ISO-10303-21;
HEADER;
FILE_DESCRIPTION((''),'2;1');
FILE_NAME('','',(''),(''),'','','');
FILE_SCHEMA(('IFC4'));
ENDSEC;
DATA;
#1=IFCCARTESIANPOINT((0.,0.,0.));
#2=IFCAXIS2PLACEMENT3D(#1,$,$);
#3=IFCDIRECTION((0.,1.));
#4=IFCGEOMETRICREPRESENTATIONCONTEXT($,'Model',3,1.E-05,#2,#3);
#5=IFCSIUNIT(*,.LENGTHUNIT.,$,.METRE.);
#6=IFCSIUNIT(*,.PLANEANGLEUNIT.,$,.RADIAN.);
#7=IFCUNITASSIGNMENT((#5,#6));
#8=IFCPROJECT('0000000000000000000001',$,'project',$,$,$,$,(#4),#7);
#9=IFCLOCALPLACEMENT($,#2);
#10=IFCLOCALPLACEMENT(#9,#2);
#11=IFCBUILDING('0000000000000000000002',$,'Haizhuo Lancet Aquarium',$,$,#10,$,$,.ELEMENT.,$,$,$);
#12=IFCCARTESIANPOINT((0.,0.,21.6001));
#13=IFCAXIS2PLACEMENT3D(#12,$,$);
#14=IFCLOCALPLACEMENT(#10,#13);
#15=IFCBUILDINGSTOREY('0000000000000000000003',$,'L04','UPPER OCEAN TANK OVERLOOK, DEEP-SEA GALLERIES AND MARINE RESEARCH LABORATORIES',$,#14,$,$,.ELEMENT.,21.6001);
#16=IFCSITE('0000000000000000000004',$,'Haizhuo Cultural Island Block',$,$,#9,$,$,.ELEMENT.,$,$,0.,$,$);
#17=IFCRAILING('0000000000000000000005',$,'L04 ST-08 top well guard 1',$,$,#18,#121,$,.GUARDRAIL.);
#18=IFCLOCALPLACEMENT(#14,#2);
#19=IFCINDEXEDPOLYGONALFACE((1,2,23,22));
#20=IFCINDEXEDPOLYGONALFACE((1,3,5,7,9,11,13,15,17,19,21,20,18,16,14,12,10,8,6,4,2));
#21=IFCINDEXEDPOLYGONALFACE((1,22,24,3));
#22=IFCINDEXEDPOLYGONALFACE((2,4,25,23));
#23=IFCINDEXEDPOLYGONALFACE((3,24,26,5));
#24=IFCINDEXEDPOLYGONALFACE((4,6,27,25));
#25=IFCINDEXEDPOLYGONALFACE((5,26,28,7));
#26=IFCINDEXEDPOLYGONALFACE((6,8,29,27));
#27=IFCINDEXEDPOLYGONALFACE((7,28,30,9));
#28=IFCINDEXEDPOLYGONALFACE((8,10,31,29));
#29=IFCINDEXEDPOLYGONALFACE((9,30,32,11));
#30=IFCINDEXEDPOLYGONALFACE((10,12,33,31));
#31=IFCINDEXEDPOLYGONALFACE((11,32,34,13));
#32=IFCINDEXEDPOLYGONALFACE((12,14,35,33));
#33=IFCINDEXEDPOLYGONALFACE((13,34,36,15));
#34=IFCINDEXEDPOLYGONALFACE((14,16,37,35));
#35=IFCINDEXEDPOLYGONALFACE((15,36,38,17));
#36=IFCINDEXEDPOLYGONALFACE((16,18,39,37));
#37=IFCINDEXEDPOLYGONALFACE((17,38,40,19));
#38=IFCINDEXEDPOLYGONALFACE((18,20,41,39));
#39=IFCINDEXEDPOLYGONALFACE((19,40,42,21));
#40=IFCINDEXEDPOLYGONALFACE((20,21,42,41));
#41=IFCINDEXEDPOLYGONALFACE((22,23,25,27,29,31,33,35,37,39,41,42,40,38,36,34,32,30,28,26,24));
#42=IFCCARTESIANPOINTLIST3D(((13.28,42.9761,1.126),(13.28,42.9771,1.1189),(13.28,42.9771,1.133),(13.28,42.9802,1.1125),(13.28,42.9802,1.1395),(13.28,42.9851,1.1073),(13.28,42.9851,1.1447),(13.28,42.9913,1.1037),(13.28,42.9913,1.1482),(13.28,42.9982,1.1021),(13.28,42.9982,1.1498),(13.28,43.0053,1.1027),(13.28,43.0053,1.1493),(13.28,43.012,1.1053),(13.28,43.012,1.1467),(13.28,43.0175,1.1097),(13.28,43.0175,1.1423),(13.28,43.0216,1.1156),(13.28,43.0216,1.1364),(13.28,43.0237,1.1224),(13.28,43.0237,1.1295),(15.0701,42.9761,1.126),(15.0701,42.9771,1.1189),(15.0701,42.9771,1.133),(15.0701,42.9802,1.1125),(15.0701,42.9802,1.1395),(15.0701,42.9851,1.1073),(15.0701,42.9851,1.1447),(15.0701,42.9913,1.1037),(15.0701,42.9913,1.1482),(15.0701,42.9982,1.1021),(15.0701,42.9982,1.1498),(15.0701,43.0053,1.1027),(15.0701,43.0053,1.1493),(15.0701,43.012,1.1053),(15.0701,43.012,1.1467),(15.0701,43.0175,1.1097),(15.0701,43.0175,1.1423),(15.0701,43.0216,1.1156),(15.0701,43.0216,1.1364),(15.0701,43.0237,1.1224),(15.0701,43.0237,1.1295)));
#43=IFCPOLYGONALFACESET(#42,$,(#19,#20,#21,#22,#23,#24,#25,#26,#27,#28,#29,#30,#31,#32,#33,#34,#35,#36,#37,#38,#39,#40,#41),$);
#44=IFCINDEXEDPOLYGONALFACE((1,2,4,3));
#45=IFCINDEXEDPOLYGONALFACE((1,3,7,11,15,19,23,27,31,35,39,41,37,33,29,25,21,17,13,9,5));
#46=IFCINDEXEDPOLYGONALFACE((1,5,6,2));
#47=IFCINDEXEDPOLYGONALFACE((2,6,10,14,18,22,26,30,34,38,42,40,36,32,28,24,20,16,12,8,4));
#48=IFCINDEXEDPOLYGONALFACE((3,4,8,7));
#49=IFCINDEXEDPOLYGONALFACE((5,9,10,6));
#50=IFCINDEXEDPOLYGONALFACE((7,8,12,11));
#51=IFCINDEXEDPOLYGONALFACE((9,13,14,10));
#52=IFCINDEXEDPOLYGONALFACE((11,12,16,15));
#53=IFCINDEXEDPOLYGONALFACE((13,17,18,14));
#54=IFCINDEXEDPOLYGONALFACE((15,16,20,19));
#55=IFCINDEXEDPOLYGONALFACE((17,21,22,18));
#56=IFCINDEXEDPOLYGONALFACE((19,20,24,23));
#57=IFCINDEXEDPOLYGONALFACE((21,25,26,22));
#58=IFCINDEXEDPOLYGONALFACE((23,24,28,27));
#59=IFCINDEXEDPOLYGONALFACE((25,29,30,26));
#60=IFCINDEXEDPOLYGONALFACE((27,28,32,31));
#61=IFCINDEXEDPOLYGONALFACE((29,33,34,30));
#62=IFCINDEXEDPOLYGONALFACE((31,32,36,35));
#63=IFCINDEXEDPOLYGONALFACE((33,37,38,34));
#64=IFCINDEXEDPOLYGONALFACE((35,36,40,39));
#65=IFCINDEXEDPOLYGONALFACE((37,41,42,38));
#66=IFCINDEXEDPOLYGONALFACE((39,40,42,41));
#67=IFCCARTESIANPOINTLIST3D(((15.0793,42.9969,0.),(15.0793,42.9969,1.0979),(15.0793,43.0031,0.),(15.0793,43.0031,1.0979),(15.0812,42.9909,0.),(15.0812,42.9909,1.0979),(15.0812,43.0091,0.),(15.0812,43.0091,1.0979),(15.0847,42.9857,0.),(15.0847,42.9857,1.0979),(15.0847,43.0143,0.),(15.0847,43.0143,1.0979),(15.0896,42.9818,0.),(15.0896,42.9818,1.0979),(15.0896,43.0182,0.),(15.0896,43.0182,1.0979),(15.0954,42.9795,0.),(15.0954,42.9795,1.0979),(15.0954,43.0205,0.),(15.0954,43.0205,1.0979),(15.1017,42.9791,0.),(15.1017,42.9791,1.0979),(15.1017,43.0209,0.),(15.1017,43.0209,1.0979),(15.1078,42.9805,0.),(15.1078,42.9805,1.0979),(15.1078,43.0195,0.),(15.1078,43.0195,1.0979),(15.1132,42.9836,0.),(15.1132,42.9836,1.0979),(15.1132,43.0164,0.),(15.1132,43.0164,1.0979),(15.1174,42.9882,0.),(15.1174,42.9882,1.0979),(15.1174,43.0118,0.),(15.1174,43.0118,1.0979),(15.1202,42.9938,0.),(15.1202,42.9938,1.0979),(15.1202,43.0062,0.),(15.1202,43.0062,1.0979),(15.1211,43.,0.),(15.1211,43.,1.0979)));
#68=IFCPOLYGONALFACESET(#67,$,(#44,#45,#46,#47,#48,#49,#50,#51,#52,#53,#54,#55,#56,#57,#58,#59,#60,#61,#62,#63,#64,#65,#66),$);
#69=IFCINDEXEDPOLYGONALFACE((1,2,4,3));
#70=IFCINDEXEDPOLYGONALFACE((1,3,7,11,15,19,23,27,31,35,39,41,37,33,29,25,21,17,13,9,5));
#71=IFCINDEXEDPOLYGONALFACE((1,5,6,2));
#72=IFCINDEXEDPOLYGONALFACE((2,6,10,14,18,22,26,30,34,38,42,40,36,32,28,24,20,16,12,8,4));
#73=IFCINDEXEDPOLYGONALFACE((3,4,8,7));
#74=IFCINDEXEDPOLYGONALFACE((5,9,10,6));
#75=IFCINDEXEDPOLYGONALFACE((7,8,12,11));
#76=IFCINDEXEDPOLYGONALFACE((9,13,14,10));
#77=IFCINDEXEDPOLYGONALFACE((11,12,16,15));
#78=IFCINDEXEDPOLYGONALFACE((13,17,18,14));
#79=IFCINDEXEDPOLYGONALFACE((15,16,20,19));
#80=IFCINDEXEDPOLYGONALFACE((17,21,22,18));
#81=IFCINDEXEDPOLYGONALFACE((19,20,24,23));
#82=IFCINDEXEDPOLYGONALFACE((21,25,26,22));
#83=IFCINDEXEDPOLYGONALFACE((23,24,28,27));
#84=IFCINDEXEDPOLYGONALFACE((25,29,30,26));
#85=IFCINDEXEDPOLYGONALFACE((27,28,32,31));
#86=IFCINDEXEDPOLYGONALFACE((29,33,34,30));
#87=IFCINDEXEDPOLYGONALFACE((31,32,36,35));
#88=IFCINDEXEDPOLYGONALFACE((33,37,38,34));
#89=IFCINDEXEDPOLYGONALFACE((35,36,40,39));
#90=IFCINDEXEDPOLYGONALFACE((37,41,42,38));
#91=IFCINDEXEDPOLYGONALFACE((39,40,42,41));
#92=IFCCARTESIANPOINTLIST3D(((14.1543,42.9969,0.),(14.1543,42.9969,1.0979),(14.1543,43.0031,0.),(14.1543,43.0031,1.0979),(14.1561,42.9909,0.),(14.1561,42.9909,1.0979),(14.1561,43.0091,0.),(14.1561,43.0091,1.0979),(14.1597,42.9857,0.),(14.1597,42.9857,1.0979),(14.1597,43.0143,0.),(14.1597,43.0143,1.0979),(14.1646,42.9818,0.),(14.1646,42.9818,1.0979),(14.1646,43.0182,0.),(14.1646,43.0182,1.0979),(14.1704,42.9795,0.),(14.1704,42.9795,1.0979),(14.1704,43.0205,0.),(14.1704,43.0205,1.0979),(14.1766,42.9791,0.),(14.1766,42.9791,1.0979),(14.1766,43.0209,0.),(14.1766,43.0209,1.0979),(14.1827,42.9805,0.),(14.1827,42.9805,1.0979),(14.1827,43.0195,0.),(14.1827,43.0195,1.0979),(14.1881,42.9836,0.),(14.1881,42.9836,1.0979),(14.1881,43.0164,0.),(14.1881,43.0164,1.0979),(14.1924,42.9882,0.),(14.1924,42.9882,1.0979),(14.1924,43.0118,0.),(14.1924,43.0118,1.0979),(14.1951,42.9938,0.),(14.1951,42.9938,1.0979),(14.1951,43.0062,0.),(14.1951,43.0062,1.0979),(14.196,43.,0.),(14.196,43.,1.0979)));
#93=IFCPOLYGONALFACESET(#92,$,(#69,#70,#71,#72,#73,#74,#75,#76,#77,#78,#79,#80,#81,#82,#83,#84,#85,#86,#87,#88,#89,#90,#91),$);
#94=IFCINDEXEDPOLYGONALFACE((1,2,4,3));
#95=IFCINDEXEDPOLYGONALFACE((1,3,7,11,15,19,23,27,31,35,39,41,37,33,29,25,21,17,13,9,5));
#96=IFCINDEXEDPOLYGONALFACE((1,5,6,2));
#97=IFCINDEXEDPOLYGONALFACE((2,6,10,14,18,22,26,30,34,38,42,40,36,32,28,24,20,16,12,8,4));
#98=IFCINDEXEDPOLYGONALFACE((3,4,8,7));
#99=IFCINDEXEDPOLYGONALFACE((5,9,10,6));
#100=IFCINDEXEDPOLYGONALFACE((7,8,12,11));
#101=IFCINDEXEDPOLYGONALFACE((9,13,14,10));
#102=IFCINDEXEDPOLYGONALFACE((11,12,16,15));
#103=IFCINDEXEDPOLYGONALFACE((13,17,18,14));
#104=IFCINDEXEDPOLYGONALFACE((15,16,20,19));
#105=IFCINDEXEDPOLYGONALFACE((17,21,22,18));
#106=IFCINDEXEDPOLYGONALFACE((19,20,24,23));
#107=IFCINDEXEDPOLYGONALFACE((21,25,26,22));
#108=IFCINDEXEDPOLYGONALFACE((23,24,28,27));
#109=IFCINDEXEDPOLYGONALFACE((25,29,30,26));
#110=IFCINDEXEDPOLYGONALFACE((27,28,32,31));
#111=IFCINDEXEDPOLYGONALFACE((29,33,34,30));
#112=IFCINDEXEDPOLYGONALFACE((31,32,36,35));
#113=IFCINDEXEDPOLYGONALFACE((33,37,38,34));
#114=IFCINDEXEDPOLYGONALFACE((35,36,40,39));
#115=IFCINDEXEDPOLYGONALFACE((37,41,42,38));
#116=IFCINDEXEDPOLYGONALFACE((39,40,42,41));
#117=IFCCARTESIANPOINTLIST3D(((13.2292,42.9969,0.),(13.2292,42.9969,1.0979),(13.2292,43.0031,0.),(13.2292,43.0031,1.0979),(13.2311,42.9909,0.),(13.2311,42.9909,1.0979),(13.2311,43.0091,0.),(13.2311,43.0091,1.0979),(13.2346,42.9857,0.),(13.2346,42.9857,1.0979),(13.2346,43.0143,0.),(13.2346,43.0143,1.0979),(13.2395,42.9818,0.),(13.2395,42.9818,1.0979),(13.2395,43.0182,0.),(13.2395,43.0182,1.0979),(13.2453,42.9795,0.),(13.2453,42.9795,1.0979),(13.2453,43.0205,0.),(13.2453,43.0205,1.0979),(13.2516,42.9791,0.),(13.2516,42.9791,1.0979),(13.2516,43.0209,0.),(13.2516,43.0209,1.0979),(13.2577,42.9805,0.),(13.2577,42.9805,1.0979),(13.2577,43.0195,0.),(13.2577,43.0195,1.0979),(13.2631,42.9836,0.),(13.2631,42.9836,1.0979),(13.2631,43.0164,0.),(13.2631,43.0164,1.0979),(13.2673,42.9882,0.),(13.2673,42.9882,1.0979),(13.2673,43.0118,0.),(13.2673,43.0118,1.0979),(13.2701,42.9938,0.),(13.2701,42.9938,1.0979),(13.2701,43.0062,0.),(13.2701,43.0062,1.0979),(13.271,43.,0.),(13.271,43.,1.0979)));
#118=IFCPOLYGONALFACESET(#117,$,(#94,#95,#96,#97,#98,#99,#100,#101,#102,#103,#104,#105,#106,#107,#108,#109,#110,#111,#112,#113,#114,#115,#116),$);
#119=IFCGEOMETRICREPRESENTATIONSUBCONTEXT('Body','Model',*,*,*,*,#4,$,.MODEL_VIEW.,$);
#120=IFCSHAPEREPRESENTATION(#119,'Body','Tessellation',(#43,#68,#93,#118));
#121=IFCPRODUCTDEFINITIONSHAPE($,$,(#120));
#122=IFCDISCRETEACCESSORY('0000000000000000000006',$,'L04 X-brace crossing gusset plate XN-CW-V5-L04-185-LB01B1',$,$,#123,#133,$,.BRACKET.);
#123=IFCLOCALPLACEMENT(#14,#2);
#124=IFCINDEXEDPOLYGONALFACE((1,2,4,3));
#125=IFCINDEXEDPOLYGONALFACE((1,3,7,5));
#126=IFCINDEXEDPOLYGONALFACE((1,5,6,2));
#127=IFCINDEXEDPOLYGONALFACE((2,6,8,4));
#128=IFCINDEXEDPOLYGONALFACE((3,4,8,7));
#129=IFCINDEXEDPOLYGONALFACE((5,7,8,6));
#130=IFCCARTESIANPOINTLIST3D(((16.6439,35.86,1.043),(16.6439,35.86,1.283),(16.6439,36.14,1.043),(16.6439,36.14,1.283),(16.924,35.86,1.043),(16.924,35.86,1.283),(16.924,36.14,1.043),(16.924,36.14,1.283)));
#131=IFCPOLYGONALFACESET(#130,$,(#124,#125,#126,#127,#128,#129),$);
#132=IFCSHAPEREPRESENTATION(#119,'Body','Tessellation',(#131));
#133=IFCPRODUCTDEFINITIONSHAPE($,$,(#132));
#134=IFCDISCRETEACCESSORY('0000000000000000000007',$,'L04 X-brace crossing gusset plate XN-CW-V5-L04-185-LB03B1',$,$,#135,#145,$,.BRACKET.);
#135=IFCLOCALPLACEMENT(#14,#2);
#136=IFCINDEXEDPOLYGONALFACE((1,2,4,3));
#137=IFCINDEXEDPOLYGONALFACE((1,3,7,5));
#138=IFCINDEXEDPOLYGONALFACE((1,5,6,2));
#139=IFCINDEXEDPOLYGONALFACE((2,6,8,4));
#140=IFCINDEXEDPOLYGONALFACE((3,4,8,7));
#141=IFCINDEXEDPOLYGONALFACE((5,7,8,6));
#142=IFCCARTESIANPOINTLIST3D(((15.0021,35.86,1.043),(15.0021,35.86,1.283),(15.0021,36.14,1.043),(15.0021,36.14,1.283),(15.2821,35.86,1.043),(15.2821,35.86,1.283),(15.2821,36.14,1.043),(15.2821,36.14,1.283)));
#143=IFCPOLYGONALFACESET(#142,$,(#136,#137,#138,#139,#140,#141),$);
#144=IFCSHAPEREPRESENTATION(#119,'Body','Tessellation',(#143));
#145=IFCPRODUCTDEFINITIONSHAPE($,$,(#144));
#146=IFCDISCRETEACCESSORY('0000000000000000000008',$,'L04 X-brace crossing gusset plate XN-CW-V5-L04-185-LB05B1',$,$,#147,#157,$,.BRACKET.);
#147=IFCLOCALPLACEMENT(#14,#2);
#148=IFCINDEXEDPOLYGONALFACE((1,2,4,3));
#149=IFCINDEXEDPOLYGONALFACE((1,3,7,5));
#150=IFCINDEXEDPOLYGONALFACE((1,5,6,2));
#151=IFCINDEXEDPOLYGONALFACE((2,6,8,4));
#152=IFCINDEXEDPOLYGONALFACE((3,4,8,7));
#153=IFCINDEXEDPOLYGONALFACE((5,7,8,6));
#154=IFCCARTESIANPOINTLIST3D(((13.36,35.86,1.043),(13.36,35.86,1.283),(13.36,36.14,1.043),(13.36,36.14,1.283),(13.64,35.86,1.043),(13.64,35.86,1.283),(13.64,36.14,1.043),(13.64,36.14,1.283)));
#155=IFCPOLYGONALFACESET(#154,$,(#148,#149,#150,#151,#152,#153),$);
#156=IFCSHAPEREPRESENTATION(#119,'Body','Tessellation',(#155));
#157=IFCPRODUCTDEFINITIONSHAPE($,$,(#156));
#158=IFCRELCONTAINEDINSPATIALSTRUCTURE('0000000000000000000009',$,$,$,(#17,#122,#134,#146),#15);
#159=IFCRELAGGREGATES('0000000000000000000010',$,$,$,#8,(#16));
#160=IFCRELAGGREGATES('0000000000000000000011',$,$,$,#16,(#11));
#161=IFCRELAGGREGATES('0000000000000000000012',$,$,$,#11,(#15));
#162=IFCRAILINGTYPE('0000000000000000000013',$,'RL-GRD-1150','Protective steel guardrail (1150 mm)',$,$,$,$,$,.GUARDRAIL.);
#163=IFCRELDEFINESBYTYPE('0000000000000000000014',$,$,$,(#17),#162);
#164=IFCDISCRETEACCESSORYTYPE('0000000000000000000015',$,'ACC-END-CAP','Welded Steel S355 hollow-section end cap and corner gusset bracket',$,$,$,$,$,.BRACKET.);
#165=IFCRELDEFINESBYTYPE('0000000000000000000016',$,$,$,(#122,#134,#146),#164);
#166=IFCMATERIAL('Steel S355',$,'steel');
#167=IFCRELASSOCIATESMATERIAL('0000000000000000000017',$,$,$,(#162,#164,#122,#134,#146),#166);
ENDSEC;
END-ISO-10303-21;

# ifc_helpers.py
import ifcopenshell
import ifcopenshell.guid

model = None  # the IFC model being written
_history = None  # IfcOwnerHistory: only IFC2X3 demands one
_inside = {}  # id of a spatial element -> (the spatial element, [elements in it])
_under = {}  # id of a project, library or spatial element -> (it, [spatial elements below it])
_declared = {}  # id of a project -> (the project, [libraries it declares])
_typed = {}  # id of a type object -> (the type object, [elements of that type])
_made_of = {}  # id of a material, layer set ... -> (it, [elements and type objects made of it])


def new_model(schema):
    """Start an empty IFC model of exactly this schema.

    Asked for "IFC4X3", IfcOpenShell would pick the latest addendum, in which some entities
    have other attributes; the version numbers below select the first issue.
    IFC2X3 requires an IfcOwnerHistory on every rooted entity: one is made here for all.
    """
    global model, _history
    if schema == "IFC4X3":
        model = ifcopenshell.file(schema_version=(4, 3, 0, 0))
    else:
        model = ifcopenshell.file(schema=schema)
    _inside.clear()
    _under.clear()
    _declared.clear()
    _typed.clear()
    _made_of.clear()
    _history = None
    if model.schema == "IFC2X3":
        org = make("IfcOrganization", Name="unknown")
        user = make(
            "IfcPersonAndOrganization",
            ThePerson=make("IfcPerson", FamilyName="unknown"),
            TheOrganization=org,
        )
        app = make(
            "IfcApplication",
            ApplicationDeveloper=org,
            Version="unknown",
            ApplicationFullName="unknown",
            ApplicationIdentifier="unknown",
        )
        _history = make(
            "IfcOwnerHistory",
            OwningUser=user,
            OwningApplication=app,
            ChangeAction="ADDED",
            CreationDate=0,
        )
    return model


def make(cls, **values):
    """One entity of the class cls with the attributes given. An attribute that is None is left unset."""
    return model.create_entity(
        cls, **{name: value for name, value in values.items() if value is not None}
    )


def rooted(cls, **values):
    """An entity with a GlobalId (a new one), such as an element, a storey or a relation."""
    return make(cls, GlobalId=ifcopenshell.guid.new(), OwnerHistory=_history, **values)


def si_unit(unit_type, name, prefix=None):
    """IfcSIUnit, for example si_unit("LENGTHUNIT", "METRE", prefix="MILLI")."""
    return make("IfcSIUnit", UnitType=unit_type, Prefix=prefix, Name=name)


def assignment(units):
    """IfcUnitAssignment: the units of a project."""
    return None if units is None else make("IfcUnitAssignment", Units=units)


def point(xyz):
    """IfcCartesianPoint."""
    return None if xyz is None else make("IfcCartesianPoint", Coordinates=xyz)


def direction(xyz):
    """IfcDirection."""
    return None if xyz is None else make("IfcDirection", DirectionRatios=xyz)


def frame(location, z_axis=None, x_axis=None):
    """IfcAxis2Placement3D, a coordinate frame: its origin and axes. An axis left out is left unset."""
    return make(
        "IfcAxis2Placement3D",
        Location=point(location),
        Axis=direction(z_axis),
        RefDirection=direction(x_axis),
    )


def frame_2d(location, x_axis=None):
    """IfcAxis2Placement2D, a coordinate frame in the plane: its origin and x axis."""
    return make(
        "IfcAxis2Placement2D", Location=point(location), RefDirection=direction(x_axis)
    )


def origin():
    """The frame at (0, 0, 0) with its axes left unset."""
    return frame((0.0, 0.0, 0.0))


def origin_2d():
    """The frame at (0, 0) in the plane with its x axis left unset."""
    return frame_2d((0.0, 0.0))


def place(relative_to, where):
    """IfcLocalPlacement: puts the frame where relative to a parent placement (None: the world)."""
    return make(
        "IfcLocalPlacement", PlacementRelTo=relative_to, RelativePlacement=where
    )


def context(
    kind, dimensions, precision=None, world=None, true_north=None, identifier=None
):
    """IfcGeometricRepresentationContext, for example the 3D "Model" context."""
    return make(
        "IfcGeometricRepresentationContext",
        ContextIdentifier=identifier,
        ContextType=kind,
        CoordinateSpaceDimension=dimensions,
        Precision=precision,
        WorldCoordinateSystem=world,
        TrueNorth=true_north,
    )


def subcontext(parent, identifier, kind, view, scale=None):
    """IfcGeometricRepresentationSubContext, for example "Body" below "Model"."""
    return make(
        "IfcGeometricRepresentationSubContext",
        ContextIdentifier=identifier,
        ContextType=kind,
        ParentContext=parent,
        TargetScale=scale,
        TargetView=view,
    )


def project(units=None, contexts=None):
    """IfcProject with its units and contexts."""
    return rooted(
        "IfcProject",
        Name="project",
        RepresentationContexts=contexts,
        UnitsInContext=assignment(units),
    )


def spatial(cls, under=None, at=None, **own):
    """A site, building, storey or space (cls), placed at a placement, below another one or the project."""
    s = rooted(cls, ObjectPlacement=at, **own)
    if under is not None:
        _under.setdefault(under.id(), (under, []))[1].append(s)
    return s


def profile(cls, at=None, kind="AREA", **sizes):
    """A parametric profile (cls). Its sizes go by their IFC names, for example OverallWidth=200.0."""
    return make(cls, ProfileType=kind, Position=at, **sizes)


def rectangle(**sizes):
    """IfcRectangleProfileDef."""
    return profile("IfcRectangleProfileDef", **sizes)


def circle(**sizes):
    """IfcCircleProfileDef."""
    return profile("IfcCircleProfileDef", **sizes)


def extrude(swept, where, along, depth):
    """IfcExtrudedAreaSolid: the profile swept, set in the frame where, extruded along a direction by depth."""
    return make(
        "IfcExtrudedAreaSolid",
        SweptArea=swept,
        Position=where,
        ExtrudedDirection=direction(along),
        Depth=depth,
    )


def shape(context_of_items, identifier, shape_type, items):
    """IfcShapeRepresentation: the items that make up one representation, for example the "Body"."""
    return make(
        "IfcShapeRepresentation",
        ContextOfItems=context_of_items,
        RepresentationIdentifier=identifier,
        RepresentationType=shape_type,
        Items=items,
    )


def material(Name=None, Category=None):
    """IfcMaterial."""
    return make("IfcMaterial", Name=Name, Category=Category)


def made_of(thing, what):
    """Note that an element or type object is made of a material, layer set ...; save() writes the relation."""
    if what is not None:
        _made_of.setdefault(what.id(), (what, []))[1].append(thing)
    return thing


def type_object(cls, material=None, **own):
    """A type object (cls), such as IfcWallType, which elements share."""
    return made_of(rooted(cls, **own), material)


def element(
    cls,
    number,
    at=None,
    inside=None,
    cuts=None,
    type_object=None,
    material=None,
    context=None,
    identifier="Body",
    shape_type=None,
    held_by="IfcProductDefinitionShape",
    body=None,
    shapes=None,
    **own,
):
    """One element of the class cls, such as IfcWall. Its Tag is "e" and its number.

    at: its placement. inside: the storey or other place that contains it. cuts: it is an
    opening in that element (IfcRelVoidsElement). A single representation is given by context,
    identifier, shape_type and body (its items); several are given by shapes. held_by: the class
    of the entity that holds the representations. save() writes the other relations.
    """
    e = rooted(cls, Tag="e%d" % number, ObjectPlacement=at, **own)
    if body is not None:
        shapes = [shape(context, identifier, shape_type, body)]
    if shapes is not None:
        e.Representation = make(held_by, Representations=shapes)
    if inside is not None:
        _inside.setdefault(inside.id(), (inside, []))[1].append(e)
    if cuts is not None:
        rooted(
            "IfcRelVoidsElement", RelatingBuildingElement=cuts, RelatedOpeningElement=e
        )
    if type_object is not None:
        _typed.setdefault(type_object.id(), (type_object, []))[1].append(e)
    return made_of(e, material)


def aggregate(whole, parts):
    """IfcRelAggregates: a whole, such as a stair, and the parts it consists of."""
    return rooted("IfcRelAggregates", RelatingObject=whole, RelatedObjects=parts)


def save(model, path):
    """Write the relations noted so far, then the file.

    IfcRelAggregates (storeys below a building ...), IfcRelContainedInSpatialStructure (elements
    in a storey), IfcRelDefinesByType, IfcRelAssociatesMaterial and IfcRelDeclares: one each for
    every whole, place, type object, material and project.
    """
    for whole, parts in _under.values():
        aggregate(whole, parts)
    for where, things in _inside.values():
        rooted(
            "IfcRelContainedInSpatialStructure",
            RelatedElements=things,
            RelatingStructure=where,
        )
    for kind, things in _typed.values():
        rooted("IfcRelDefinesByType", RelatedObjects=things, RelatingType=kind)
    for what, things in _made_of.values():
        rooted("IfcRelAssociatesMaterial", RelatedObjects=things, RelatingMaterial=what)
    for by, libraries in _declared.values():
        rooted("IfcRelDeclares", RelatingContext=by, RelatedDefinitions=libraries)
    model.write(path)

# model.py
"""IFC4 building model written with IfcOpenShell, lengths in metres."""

from ifc_helpers import new_model, si_unit, direction, frame, origin, origin_2d, place, context, subcontext, project, spatial, rectangle, circle, extrude, material, type_object, element, save


model = new_model("IFC4")

# Units and contexts
model_context = context("Model", 3, precision=1e-05, world=origin(), true_north=direction((0.0, 1.0)))
body_context = subcontext(model_context, "Body", "Model", "MODEL_VIEW")
ifc_project = project(units=[si_unit("LENGTHUNIT", "METRE"), si_unit("PLANEANGLEUNIT", "RADIAN")], contexts=[model_context])

# Site, building, storey
site_placement = place(None, origin())
site = spatial("IfcSite", under=ifc_project, at=site_placement, Name="Haizhuo Cultural Island Block", CompositionType="ELEMENT", RefElevation=0.0)
building_placement = place(site_placement, origin())
building = spatial("IfcBuilding", under=site, at=building_placement, Name="Haizhuo Lancet Aquarium", CompositionType="ELEMENT")
storey_placement = place(building_placement, frame((0.0, 0.0, 21.6001)))
storey = spatial("IfcBuildingStorey", under=building, at=storey_placement, Name="L04", Description="UPPER OCEAN TANK OVERLOOK, DEEP-SEA GALLERIES AND MARINE RESEARCH LABORATORIES", CompositionType="ELEMENT", Elevation=21.6001)

# Shared definitions
ifc_material_1 = material(Name="Steel S355", Category="steel")

# Railing
railing_type = type_object("IfcRailingType", Name="RL-GRD-1150", Description="Protective steel guardrail (1150 mm)", PredefinedType="GUARDRAIL", material=ifc_material_1)
railing_placement = place(storey_placement, frame((15.1001, 43.0, 0.0)))
element("IfcRailing", 1, at=railing_placement, inside=storey, type_object=railing_type, Name="L04 ST-08 top well guard 1", PredefinedType="GUARDRAIL", context=body_context, shape_type="SweptSolid", body=[
    extrude(circle(Radius=0.0239, at=origin_2d()), frame((-0.03, 0.0, 1.126), z_axis=(-1.0, 0.0, 0.0), x_axis=(0.0, -1.0, 0.0)), (0.0, 0.0, 1.0), 1.79),
    extrude(circle(Radius=0.021, at=origin_2d()), origin(), (0.0, 0.0, 1.0), 1.0979),
    extrude(circle(Radius=0.021, at=origin_2d()), frame((-0.925, 0.0, 0.0)), (0.0, 0.0, 1.0), 1.0979),
    extrude(circle(Radius=0.021, at=origin_2d()), frame((-1.8501, 0.0, 0.0)), (0.0, 0.0, 1.0), 1.0979),
])

# Discrete accessories
discrete_accessory_type = type_object("IfcDiscreteAccessoryType", Name="ACC-END-CAP", Description="Welded Steel S355 hollow-section end cap and corner gusset bracket", PredefinedType="BRACKET", material=ifc_material_1)
for number, where, z_axis, x_axis, name in (
    (2, (16.7839, 36.0, 1.043), (0.0, 0.0, 1.0), (1.0, 0.0, 0.0), "L04 X-brace crossing gusset plate XN-CW-V5-L04-185-LB01B1"),
    (3, (15.1421, 36.0, 1.043), (0.0, 0.0, 1.0), (1.0, 0.0, 0.0), "L04 X-brace crossing gusset plate XN-CW-V5-L04-185-LB03B1"),
    (4, (13.5, 36.0, 1.043), (0.0, 0.0, 1.0), (1.0, 0.0, 0.0), "L04 X-brace crossing gusset plate XN-CW-V5-L04-185-LB05B1"),
):
    element("IfcDiscreteAccessory", number, at=place(storey_placement, frame(where, z_axis=z_axis, x_axis=x_axis)), inside=storey, type_object=discrete_accessory_type, material=ifc_material_1, Name=name, PredefinedType="BRACKET", context=body_context, shape_type="SweptSolid", body=[
        extrude(rectangle(XDim=0.28, YDim=0.28, at=origin_2d()), origin(), (0.0, 0.0, 1.0), 0.24),
    ])

save(model, "model.ifc")
